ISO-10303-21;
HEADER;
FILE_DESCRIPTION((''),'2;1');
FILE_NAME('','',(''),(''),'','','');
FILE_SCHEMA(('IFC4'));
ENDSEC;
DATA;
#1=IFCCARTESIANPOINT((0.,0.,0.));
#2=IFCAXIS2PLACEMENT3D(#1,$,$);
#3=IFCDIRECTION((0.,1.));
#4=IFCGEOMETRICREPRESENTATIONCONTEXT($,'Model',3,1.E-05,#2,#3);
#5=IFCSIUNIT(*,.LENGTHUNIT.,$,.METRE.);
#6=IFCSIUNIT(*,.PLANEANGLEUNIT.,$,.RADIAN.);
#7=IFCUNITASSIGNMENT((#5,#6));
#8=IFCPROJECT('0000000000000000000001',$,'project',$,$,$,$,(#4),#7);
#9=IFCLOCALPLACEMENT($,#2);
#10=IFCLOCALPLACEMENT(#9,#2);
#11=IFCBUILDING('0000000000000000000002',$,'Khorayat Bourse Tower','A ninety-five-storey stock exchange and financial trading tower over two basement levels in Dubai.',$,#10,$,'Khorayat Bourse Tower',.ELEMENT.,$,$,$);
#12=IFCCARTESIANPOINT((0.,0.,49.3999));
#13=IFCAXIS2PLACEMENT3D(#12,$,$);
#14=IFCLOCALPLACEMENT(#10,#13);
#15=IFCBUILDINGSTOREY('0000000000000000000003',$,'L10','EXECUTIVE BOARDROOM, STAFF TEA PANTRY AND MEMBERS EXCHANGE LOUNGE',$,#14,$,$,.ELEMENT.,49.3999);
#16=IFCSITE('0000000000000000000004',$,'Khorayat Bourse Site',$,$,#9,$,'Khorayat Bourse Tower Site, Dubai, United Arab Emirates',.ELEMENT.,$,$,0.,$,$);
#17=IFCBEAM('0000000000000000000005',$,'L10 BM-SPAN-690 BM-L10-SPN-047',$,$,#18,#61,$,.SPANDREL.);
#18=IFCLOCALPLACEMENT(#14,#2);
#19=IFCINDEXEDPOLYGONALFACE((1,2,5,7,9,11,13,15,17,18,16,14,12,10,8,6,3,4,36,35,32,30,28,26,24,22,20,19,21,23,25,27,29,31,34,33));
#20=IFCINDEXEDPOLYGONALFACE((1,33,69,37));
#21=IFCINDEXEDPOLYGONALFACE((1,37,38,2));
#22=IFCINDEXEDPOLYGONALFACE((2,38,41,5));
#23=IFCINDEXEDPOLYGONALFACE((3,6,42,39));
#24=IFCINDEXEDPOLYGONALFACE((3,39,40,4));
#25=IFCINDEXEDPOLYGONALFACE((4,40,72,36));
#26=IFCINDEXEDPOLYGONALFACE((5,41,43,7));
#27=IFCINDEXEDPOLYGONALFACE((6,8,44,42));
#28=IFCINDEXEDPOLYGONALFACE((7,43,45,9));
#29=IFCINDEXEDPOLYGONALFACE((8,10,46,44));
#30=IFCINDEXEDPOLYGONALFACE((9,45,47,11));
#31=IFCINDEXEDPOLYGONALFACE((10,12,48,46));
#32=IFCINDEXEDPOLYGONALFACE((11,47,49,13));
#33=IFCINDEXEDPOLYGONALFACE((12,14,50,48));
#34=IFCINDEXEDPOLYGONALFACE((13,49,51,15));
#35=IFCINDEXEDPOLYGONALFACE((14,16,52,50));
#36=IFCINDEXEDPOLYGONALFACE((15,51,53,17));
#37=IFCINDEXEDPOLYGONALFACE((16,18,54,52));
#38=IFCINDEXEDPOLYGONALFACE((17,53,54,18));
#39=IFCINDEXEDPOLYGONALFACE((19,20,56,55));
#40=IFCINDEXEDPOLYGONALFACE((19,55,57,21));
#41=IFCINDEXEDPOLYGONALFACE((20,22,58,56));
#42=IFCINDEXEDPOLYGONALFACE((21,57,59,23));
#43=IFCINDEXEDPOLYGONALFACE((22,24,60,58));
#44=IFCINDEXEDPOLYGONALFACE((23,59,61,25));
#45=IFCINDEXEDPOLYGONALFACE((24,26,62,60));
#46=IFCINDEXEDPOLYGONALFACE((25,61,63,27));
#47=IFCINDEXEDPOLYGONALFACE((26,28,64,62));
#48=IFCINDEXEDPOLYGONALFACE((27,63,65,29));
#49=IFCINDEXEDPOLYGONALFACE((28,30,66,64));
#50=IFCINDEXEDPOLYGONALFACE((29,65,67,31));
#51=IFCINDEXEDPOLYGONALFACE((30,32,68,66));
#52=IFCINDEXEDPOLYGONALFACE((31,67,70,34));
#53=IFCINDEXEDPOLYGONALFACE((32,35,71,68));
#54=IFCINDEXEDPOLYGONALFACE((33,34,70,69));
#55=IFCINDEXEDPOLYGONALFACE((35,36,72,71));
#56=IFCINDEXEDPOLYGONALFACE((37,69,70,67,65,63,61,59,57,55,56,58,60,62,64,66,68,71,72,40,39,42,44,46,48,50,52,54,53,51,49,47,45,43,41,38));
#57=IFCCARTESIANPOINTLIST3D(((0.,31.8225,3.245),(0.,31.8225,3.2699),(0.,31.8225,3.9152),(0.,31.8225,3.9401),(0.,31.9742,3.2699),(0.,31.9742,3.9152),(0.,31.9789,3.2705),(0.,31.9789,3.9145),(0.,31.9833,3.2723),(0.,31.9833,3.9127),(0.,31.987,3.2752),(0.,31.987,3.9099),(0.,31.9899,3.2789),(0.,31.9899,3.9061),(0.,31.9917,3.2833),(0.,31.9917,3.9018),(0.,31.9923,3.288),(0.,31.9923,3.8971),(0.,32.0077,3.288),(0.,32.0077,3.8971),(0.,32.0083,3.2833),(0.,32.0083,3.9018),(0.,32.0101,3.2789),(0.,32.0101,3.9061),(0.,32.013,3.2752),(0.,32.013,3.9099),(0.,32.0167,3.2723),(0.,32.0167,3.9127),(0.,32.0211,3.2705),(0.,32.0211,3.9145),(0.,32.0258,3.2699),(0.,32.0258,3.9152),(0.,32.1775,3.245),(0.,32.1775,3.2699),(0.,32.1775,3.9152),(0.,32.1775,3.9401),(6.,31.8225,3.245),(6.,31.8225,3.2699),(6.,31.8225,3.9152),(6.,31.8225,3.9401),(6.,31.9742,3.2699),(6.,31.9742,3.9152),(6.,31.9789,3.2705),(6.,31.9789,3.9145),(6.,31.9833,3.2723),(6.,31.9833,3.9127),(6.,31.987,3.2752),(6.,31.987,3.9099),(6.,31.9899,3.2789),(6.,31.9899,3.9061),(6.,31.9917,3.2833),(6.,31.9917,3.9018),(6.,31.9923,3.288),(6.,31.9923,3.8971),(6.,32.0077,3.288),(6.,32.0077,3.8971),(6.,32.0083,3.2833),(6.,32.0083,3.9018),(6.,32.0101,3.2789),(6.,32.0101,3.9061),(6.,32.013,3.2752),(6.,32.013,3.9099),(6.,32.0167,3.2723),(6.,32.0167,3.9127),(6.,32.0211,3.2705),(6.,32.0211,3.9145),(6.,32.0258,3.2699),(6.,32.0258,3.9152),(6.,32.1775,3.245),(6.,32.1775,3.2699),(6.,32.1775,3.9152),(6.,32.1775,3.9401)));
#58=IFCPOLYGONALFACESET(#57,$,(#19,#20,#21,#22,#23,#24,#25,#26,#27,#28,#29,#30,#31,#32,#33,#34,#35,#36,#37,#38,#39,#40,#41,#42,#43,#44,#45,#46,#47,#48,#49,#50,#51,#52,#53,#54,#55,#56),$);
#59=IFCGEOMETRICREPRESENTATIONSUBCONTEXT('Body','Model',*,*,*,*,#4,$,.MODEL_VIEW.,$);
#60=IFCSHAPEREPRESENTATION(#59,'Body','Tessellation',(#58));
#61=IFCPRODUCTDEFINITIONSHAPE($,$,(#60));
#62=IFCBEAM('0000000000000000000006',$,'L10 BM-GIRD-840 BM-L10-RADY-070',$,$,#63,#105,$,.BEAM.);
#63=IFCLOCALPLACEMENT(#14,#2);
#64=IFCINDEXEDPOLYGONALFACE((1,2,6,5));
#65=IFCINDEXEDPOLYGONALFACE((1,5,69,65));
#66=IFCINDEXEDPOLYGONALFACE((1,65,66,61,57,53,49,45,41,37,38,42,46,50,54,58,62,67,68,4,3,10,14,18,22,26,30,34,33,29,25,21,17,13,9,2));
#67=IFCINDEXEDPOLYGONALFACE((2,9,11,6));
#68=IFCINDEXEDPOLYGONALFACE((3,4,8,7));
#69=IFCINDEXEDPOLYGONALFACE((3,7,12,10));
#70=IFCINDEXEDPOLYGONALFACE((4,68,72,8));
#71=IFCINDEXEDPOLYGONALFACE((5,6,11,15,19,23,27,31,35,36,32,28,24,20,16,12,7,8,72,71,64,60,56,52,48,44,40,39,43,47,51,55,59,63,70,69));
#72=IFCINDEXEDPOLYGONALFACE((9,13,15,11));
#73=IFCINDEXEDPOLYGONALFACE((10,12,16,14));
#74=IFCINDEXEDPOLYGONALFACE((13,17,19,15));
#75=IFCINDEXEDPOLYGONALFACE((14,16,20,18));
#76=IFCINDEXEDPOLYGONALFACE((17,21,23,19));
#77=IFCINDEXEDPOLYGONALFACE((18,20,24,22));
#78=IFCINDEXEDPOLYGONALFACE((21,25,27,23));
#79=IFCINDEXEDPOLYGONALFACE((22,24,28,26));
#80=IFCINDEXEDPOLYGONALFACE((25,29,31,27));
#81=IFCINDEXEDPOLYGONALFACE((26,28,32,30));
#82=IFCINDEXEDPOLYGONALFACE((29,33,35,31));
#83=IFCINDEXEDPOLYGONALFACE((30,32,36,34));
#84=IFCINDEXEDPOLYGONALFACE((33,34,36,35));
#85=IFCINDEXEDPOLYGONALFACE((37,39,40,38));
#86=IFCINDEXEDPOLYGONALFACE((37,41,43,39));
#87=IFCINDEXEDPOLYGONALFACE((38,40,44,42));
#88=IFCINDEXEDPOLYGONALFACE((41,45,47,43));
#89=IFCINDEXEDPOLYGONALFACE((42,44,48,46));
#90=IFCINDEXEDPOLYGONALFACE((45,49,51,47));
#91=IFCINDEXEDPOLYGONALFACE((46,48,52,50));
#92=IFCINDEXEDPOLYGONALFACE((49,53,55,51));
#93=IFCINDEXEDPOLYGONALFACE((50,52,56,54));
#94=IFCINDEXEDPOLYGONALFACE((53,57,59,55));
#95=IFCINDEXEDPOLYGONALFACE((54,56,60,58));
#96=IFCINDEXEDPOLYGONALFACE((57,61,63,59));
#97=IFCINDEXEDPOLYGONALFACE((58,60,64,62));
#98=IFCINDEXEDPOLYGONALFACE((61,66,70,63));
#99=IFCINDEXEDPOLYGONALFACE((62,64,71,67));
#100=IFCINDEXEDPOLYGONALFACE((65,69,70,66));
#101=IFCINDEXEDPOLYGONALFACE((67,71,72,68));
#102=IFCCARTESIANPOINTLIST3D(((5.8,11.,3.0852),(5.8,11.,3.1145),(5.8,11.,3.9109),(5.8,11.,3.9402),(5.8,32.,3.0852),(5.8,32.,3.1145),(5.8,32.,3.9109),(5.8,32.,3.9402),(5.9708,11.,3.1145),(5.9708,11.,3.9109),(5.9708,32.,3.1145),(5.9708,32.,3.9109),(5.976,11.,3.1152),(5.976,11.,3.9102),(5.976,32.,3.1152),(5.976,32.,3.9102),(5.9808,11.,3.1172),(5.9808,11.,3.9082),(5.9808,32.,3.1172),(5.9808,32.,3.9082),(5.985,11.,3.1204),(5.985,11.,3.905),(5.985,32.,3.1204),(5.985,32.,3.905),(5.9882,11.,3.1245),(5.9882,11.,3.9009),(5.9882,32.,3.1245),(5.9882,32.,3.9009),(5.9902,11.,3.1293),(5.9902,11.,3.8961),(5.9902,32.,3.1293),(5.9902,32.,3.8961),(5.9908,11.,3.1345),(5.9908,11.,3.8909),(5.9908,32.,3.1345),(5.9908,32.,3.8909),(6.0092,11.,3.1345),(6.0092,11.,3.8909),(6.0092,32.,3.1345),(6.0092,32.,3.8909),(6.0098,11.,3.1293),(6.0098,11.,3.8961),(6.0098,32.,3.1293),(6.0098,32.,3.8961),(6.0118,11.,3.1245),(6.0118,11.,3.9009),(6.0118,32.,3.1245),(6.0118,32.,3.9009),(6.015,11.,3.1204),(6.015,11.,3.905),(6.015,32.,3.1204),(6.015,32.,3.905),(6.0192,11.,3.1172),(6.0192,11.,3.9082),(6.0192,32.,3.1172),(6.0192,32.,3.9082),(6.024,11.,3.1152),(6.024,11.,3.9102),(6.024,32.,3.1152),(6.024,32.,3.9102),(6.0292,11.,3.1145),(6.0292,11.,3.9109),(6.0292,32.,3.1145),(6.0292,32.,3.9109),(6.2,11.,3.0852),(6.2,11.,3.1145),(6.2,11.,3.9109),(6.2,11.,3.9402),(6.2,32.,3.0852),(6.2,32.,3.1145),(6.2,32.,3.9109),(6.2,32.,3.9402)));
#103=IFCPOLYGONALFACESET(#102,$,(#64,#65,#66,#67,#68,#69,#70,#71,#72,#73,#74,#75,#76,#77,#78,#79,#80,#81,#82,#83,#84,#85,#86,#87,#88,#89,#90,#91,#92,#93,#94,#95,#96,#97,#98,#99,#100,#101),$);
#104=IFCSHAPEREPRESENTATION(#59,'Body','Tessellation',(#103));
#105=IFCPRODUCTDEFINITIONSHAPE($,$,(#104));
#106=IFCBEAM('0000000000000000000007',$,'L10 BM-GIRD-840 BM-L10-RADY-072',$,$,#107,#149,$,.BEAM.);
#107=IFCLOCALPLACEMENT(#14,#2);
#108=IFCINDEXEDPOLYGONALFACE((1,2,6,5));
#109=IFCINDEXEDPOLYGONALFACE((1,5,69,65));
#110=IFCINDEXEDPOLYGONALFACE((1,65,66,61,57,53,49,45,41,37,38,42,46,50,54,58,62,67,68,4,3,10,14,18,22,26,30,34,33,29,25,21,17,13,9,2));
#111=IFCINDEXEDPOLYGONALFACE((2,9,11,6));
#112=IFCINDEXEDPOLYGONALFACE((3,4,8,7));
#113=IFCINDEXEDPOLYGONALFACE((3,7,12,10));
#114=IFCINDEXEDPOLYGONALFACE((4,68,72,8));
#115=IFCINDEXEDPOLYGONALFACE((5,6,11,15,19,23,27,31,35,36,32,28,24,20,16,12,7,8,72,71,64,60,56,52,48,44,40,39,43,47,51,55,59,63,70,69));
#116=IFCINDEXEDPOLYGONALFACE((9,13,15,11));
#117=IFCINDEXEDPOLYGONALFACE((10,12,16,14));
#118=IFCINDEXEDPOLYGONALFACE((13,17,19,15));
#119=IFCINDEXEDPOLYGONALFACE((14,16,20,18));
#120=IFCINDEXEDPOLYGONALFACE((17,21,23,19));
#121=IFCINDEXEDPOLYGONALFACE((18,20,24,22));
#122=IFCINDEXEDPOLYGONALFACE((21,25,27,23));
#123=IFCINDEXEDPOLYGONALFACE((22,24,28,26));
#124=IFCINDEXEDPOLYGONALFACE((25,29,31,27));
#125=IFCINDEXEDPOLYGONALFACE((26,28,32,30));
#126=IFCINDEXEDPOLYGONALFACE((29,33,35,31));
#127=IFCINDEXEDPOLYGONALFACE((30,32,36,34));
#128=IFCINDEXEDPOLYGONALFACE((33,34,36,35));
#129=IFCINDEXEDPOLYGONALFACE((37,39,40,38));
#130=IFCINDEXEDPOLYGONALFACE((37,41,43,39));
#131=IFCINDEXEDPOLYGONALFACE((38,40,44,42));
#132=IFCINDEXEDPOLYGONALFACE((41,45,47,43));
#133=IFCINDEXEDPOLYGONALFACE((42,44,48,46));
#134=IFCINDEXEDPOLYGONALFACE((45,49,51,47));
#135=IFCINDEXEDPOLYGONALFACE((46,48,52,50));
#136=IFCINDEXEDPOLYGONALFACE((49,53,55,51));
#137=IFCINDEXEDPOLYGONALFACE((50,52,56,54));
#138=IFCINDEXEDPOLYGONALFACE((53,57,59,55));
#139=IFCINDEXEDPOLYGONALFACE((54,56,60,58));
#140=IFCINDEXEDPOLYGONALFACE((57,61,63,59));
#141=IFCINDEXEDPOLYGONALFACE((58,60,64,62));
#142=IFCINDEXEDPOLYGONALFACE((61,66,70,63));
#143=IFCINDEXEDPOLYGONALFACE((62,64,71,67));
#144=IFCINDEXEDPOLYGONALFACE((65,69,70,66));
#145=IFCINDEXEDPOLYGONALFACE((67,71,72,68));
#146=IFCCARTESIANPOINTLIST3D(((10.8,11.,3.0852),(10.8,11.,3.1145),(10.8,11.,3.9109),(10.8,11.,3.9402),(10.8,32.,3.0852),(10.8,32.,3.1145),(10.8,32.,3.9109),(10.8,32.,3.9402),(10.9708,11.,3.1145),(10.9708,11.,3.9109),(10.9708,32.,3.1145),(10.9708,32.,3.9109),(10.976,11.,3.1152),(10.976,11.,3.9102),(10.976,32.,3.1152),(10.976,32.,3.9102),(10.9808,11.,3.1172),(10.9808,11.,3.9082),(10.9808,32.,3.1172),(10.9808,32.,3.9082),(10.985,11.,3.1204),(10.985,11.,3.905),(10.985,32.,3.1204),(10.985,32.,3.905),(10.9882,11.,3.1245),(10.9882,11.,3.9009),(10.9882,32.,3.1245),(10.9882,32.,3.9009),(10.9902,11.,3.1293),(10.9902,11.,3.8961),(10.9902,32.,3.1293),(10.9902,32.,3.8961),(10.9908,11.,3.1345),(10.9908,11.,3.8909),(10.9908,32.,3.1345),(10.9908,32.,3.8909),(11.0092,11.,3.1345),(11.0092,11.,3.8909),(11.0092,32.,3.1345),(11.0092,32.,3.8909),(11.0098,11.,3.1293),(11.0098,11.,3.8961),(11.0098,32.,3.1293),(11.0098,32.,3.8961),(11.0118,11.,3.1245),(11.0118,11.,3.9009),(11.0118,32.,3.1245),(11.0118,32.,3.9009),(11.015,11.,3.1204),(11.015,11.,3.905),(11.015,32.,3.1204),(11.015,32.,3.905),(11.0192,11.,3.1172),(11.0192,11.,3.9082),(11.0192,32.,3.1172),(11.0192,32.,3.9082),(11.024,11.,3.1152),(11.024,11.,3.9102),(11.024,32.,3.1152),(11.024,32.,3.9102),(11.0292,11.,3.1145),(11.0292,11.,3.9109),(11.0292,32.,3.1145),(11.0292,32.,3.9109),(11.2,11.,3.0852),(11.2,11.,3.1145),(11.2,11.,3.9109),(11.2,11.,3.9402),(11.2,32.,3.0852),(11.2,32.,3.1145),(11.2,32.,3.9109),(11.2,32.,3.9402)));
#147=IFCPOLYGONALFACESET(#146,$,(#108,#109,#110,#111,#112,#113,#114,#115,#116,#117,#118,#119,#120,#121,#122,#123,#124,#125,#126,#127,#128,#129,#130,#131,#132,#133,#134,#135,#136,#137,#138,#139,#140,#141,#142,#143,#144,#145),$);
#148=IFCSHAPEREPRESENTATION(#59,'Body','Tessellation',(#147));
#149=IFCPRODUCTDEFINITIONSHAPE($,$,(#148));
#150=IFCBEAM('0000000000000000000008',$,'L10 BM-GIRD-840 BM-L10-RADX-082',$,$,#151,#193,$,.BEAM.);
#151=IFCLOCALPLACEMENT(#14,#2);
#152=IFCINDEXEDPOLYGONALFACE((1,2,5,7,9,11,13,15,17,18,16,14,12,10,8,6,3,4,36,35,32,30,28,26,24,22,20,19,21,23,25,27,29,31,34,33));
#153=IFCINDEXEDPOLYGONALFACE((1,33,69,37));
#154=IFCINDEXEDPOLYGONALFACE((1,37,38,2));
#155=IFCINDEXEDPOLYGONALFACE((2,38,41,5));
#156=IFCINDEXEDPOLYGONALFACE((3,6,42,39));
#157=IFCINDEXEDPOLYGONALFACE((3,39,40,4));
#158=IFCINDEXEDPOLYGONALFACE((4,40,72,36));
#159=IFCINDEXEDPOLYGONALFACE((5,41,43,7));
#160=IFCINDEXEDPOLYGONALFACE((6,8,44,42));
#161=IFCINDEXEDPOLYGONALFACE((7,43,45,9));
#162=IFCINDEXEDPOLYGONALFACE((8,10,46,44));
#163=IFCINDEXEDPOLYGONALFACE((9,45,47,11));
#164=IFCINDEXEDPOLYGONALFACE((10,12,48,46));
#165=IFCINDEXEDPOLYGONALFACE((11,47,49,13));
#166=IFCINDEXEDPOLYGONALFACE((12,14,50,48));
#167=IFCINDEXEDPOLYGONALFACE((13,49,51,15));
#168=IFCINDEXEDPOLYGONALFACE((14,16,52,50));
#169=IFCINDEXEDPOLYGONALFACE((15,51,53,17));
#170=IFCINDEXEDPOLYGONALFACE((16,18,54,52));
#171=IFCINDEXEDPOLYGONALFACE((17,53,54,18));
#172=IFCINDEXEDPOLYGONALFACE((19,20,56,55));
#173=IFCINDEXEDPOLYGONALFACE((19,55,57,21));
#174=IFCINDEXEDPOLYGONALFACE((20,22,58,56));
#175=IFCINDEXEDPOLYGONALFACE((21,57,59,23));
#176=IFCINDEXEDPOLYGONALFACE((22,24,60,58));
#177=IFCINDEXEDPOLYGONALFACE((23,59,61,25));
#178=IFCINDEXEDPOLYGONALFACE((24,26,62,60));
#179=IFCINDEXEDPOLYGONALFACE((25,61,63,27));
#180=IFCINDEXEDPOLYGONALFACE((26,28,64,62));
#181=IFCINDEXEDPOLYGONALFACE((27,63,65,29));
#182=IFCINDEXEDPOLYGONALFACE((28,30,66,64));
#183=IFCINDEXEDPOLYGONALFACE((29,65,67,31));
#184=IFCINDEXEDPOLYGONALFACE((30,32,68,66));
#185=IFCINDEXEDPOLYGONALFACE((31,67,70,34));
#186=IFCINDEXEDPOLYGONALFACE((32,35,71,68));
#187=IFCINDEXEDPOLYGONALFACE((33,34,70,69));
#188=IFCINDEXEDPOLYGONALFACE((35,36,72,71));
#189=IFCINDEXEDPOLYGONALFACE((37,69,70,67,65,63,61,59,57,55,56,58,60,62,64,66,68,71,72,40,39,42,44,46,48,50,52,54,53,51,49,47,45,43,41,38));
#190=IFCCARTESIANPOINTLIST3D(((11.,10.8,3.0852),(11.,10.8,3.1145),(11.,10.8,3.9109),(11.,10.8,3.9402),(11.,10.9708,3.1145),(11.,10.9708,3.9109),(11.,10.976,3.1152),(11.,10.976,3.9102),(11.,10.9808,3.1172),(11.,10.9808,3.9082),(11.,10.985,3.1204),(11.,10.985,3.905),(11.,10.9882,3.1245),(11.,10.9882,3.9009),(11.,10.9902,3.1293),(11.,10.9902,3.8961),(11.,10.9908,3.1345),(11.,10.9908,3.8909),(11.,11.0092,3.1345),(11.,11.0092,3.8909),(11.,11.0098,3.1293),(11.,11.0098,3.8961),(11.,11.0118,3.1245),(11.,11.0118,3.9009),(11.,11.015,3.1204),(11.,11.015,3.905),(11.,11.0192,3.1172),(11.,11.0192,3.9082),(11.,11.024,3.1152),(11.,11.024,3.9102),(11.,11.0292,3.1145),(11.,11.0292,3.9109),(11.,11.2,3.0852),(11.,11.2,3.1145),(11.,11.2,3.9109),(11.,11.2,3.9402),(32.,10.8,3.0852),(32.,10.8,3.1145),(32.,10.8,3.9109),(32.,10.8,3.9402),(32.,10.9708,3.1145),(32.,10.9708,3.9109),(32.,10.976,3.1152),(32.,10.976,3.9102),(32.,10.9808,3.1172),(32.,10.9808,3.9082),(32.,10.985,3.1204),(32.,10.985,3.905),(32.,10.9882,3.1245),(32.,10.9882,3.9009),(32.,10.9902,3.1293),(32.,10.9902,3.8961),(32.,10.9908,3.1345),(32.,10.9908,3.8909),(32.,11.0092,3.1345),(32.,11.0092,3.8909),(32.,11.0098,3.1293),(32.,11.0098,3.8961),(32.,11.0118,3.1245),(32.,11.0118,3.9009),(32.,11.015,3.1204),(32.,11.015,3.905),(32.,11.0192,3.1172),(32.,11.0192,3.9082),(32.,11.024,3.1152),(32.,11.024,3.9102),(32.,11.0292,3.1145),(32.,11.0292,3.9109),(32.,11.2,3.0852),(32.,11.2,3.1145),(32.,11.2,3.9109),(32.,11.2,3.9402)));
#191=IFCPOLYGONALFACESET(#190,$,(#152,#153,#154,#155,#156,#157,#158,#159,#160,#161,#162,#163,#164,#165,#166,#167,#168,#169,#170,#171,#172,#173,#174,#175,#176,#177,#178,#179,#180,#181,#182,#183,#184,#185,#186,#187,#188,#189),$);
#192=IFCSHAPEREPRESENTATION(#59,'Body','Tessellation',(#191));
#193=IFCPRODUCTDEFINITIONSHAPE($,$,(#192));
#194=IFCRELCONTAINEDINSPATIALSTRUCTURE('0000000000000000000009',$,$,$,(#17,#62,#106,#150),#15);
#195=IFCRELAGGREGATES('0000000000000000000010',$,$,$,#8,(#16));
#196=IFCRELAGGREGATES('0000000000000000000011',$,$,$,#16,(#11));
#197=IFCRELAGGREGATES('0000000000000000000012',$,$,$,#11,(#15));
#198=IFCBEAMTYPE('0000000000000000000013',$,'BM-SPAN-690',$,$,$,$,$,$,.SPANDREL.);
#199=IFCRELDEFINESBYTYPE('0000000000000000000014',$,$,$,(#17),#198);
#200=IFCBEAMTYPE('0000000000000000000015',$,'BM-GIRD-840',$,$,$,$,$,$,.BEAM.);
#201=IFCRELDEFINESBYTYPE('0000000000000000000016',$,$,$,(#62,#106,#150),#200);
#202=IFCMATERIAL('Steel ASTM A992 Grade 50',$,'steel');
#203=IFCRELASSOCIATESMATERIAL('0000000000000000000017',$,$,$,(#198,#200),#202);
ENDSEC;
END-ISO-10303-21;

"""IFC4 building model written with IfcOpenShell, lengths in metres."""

from ifc_helpers import new_model, si_unit, direction, frame, origin, origin_2d, place, context, subcontext, project, spatial, i_section, extrude, source, transform, mapped, material, material_profile, profile_set, type_object, element, save


model = new_model("IFC4")

# Units and contexts
model_context = context("Model", 3, precision=1e-05, world=origin(), true_north=direction((0.0, 1.0)))
body_context = subcontext(model_context, "Body", "Model", "MODEL_VIEW")
ifc_project = project(units=[si_unit("LENGTHUNIT", "METRE"), si_unit("PLANEANGLEUNIT", "RADIAN")], contexts=[model_context])

# Site, building, storey
site_placement = place(None, origin())
site = spatial("IfcSite", under=ifc_project, at=site_placement, Name="Khorayat Bourse Site", LongName="Khorayat Bourse Tower Site, Dubai, United Arab Emirates", CompositionType="ELEMENT", RefElevation=0.0)
building_placement = place(site_placement, origin())
building = spatial("IfcBuilding", under=site, at=building_placement, Name="Khorayat Bourse Tower", Description="A ninety-five-storey stock exchange and financial trading tower over two basement levels in Dubai.", LongName="Khorayat Bourse Tower", CompositionType="ELEMENT")
storey_placement = place(building_placement, frame((0.0, 0.0, 49.3999)))
storey = spatial("IfcBuildingStorey", under=building, at=storey_placement, Name="L10", Description="EXECUTIVE BOARDROOM, STAFF TEA PANTRY AND MEMBERS EXCHANGE LOUNGE", CompositionType="ELEMENT", Elevation=49.3999)

# Beams
ifc_material_1 = material(Name="Steel ASTM A992 Grade 50", Category="steel")
ifc_material_profile_1 = material_profile(ifc_material_1, i_section(OverallWidth=0.355, OverallDepth=0.6951, WebThickness=0.0154, FlangeThickness=0.0249, FilletRadius=0.0181, at=origin_2d()), Name="W690X217")
ifc_profile_set_1 = profile_set([ifc_material_profile_1], Name="Steel ASTM A992 Grade 50")
beam_type_1 = type_object("IfcBeamType", Name="BM-SPAN-690", PredefinedType="SPANDREL", material=ifc_profile_set_1)
shared_shape_1 = source(origin(), body_context, "Body", "SweptSolid", [
    extrude(i_section(OverallWidth=0.355, OverallDepth=0.6951, WebThickness=0.0154, FlangeThickness=0.0249, FilletRadius=0.0181, at=origin_2d()), origin(), (0.0, 0.0, 1.0), 6.0),
])
beam_1_placement = place(storey_placement, frame((0.0, 32.0, 3.5925), z_axis=(1.0, 0.0, 0.0), x_axis=(0.0, 1.0, 0.0)))
element("IfcBeam", 1, at=beam_1_placement, inside=storey, type_object=beam_type_1, Name="L10 BM-SPAN-690 BM-L10-SPN-047", PredefinedType="SPANDREL", context=body_context, shape_type="MappedRepresentation", body=[
    mapped(shared_shape_1, transform((0.0, 0.0, 0.0), scale=1.0)),
])
ifc_material_profile_2 = material_profile(ifc_material_1, i_section(OverallWidth=0.3999, OverallDepth=0.855, WebThickness=0.0183, FlangeThickness=0.0293, FilletRadius=0.02, at=origin_2d()), Name="W840X299")
ifc_profile_set_2 = profile_set([ifc_material_profile_2], Name="Steel ASTM A992 Grade 50")
beam_type_2 = type_object("IfcBeamType", Name="BM-GIRD-840", PredefinedType="BEAM", material=ifc_profile_set_2)
shared_shape_2 = source(origin(), body_context, "Body", "SweptSolid", [
    extrude(i_section(OverallWidth=0.3999, OverallDepth=0.855, WebThickness=0.0183, FlangeThickness=0.0293, FilletRadius=0.02, at=origin_2d()), origin(), (0.0, 0.0, 1.0), 21.0),
])
for number, where, z_axis, x_axis, name in (
    (2, (6.0, 11.0, 3.5127), (0.0, 1.0, 0.0), (-1.0, 0.0, 0.0), "L10 BM-GIRD-840 BM-L10-RADY-070"),
    (3, (11.0, 11.0, 3.5127), (0.0, 1.0, 0.0), (-1.0, 0.0, 0.0), "L10 BM-GIRD-840 BM-L10-RADY-072"),
    (4, (11.0, 11.0, 3.5127), (1.0, 0.0, 0.0), (0.0, 1.0, 0.0), "L10 BM-GIRD-840 BM-L10-RADX-082"),
):
    element("IfcBeam", number, at=place(storey_placement, frame(where, z_axis=z_axis, x_axis=x_axis)), inside=storey, type_object=beam_type_2, Name=name, PredefinedType="BEAM", context=body_context, shape_type="MappedRepresentation", body=[
        mapped(shared_shape_2, transform((0.0, 0.0, 0.0), scale=1.0)),
    ])

save(model, "model.ifc")
